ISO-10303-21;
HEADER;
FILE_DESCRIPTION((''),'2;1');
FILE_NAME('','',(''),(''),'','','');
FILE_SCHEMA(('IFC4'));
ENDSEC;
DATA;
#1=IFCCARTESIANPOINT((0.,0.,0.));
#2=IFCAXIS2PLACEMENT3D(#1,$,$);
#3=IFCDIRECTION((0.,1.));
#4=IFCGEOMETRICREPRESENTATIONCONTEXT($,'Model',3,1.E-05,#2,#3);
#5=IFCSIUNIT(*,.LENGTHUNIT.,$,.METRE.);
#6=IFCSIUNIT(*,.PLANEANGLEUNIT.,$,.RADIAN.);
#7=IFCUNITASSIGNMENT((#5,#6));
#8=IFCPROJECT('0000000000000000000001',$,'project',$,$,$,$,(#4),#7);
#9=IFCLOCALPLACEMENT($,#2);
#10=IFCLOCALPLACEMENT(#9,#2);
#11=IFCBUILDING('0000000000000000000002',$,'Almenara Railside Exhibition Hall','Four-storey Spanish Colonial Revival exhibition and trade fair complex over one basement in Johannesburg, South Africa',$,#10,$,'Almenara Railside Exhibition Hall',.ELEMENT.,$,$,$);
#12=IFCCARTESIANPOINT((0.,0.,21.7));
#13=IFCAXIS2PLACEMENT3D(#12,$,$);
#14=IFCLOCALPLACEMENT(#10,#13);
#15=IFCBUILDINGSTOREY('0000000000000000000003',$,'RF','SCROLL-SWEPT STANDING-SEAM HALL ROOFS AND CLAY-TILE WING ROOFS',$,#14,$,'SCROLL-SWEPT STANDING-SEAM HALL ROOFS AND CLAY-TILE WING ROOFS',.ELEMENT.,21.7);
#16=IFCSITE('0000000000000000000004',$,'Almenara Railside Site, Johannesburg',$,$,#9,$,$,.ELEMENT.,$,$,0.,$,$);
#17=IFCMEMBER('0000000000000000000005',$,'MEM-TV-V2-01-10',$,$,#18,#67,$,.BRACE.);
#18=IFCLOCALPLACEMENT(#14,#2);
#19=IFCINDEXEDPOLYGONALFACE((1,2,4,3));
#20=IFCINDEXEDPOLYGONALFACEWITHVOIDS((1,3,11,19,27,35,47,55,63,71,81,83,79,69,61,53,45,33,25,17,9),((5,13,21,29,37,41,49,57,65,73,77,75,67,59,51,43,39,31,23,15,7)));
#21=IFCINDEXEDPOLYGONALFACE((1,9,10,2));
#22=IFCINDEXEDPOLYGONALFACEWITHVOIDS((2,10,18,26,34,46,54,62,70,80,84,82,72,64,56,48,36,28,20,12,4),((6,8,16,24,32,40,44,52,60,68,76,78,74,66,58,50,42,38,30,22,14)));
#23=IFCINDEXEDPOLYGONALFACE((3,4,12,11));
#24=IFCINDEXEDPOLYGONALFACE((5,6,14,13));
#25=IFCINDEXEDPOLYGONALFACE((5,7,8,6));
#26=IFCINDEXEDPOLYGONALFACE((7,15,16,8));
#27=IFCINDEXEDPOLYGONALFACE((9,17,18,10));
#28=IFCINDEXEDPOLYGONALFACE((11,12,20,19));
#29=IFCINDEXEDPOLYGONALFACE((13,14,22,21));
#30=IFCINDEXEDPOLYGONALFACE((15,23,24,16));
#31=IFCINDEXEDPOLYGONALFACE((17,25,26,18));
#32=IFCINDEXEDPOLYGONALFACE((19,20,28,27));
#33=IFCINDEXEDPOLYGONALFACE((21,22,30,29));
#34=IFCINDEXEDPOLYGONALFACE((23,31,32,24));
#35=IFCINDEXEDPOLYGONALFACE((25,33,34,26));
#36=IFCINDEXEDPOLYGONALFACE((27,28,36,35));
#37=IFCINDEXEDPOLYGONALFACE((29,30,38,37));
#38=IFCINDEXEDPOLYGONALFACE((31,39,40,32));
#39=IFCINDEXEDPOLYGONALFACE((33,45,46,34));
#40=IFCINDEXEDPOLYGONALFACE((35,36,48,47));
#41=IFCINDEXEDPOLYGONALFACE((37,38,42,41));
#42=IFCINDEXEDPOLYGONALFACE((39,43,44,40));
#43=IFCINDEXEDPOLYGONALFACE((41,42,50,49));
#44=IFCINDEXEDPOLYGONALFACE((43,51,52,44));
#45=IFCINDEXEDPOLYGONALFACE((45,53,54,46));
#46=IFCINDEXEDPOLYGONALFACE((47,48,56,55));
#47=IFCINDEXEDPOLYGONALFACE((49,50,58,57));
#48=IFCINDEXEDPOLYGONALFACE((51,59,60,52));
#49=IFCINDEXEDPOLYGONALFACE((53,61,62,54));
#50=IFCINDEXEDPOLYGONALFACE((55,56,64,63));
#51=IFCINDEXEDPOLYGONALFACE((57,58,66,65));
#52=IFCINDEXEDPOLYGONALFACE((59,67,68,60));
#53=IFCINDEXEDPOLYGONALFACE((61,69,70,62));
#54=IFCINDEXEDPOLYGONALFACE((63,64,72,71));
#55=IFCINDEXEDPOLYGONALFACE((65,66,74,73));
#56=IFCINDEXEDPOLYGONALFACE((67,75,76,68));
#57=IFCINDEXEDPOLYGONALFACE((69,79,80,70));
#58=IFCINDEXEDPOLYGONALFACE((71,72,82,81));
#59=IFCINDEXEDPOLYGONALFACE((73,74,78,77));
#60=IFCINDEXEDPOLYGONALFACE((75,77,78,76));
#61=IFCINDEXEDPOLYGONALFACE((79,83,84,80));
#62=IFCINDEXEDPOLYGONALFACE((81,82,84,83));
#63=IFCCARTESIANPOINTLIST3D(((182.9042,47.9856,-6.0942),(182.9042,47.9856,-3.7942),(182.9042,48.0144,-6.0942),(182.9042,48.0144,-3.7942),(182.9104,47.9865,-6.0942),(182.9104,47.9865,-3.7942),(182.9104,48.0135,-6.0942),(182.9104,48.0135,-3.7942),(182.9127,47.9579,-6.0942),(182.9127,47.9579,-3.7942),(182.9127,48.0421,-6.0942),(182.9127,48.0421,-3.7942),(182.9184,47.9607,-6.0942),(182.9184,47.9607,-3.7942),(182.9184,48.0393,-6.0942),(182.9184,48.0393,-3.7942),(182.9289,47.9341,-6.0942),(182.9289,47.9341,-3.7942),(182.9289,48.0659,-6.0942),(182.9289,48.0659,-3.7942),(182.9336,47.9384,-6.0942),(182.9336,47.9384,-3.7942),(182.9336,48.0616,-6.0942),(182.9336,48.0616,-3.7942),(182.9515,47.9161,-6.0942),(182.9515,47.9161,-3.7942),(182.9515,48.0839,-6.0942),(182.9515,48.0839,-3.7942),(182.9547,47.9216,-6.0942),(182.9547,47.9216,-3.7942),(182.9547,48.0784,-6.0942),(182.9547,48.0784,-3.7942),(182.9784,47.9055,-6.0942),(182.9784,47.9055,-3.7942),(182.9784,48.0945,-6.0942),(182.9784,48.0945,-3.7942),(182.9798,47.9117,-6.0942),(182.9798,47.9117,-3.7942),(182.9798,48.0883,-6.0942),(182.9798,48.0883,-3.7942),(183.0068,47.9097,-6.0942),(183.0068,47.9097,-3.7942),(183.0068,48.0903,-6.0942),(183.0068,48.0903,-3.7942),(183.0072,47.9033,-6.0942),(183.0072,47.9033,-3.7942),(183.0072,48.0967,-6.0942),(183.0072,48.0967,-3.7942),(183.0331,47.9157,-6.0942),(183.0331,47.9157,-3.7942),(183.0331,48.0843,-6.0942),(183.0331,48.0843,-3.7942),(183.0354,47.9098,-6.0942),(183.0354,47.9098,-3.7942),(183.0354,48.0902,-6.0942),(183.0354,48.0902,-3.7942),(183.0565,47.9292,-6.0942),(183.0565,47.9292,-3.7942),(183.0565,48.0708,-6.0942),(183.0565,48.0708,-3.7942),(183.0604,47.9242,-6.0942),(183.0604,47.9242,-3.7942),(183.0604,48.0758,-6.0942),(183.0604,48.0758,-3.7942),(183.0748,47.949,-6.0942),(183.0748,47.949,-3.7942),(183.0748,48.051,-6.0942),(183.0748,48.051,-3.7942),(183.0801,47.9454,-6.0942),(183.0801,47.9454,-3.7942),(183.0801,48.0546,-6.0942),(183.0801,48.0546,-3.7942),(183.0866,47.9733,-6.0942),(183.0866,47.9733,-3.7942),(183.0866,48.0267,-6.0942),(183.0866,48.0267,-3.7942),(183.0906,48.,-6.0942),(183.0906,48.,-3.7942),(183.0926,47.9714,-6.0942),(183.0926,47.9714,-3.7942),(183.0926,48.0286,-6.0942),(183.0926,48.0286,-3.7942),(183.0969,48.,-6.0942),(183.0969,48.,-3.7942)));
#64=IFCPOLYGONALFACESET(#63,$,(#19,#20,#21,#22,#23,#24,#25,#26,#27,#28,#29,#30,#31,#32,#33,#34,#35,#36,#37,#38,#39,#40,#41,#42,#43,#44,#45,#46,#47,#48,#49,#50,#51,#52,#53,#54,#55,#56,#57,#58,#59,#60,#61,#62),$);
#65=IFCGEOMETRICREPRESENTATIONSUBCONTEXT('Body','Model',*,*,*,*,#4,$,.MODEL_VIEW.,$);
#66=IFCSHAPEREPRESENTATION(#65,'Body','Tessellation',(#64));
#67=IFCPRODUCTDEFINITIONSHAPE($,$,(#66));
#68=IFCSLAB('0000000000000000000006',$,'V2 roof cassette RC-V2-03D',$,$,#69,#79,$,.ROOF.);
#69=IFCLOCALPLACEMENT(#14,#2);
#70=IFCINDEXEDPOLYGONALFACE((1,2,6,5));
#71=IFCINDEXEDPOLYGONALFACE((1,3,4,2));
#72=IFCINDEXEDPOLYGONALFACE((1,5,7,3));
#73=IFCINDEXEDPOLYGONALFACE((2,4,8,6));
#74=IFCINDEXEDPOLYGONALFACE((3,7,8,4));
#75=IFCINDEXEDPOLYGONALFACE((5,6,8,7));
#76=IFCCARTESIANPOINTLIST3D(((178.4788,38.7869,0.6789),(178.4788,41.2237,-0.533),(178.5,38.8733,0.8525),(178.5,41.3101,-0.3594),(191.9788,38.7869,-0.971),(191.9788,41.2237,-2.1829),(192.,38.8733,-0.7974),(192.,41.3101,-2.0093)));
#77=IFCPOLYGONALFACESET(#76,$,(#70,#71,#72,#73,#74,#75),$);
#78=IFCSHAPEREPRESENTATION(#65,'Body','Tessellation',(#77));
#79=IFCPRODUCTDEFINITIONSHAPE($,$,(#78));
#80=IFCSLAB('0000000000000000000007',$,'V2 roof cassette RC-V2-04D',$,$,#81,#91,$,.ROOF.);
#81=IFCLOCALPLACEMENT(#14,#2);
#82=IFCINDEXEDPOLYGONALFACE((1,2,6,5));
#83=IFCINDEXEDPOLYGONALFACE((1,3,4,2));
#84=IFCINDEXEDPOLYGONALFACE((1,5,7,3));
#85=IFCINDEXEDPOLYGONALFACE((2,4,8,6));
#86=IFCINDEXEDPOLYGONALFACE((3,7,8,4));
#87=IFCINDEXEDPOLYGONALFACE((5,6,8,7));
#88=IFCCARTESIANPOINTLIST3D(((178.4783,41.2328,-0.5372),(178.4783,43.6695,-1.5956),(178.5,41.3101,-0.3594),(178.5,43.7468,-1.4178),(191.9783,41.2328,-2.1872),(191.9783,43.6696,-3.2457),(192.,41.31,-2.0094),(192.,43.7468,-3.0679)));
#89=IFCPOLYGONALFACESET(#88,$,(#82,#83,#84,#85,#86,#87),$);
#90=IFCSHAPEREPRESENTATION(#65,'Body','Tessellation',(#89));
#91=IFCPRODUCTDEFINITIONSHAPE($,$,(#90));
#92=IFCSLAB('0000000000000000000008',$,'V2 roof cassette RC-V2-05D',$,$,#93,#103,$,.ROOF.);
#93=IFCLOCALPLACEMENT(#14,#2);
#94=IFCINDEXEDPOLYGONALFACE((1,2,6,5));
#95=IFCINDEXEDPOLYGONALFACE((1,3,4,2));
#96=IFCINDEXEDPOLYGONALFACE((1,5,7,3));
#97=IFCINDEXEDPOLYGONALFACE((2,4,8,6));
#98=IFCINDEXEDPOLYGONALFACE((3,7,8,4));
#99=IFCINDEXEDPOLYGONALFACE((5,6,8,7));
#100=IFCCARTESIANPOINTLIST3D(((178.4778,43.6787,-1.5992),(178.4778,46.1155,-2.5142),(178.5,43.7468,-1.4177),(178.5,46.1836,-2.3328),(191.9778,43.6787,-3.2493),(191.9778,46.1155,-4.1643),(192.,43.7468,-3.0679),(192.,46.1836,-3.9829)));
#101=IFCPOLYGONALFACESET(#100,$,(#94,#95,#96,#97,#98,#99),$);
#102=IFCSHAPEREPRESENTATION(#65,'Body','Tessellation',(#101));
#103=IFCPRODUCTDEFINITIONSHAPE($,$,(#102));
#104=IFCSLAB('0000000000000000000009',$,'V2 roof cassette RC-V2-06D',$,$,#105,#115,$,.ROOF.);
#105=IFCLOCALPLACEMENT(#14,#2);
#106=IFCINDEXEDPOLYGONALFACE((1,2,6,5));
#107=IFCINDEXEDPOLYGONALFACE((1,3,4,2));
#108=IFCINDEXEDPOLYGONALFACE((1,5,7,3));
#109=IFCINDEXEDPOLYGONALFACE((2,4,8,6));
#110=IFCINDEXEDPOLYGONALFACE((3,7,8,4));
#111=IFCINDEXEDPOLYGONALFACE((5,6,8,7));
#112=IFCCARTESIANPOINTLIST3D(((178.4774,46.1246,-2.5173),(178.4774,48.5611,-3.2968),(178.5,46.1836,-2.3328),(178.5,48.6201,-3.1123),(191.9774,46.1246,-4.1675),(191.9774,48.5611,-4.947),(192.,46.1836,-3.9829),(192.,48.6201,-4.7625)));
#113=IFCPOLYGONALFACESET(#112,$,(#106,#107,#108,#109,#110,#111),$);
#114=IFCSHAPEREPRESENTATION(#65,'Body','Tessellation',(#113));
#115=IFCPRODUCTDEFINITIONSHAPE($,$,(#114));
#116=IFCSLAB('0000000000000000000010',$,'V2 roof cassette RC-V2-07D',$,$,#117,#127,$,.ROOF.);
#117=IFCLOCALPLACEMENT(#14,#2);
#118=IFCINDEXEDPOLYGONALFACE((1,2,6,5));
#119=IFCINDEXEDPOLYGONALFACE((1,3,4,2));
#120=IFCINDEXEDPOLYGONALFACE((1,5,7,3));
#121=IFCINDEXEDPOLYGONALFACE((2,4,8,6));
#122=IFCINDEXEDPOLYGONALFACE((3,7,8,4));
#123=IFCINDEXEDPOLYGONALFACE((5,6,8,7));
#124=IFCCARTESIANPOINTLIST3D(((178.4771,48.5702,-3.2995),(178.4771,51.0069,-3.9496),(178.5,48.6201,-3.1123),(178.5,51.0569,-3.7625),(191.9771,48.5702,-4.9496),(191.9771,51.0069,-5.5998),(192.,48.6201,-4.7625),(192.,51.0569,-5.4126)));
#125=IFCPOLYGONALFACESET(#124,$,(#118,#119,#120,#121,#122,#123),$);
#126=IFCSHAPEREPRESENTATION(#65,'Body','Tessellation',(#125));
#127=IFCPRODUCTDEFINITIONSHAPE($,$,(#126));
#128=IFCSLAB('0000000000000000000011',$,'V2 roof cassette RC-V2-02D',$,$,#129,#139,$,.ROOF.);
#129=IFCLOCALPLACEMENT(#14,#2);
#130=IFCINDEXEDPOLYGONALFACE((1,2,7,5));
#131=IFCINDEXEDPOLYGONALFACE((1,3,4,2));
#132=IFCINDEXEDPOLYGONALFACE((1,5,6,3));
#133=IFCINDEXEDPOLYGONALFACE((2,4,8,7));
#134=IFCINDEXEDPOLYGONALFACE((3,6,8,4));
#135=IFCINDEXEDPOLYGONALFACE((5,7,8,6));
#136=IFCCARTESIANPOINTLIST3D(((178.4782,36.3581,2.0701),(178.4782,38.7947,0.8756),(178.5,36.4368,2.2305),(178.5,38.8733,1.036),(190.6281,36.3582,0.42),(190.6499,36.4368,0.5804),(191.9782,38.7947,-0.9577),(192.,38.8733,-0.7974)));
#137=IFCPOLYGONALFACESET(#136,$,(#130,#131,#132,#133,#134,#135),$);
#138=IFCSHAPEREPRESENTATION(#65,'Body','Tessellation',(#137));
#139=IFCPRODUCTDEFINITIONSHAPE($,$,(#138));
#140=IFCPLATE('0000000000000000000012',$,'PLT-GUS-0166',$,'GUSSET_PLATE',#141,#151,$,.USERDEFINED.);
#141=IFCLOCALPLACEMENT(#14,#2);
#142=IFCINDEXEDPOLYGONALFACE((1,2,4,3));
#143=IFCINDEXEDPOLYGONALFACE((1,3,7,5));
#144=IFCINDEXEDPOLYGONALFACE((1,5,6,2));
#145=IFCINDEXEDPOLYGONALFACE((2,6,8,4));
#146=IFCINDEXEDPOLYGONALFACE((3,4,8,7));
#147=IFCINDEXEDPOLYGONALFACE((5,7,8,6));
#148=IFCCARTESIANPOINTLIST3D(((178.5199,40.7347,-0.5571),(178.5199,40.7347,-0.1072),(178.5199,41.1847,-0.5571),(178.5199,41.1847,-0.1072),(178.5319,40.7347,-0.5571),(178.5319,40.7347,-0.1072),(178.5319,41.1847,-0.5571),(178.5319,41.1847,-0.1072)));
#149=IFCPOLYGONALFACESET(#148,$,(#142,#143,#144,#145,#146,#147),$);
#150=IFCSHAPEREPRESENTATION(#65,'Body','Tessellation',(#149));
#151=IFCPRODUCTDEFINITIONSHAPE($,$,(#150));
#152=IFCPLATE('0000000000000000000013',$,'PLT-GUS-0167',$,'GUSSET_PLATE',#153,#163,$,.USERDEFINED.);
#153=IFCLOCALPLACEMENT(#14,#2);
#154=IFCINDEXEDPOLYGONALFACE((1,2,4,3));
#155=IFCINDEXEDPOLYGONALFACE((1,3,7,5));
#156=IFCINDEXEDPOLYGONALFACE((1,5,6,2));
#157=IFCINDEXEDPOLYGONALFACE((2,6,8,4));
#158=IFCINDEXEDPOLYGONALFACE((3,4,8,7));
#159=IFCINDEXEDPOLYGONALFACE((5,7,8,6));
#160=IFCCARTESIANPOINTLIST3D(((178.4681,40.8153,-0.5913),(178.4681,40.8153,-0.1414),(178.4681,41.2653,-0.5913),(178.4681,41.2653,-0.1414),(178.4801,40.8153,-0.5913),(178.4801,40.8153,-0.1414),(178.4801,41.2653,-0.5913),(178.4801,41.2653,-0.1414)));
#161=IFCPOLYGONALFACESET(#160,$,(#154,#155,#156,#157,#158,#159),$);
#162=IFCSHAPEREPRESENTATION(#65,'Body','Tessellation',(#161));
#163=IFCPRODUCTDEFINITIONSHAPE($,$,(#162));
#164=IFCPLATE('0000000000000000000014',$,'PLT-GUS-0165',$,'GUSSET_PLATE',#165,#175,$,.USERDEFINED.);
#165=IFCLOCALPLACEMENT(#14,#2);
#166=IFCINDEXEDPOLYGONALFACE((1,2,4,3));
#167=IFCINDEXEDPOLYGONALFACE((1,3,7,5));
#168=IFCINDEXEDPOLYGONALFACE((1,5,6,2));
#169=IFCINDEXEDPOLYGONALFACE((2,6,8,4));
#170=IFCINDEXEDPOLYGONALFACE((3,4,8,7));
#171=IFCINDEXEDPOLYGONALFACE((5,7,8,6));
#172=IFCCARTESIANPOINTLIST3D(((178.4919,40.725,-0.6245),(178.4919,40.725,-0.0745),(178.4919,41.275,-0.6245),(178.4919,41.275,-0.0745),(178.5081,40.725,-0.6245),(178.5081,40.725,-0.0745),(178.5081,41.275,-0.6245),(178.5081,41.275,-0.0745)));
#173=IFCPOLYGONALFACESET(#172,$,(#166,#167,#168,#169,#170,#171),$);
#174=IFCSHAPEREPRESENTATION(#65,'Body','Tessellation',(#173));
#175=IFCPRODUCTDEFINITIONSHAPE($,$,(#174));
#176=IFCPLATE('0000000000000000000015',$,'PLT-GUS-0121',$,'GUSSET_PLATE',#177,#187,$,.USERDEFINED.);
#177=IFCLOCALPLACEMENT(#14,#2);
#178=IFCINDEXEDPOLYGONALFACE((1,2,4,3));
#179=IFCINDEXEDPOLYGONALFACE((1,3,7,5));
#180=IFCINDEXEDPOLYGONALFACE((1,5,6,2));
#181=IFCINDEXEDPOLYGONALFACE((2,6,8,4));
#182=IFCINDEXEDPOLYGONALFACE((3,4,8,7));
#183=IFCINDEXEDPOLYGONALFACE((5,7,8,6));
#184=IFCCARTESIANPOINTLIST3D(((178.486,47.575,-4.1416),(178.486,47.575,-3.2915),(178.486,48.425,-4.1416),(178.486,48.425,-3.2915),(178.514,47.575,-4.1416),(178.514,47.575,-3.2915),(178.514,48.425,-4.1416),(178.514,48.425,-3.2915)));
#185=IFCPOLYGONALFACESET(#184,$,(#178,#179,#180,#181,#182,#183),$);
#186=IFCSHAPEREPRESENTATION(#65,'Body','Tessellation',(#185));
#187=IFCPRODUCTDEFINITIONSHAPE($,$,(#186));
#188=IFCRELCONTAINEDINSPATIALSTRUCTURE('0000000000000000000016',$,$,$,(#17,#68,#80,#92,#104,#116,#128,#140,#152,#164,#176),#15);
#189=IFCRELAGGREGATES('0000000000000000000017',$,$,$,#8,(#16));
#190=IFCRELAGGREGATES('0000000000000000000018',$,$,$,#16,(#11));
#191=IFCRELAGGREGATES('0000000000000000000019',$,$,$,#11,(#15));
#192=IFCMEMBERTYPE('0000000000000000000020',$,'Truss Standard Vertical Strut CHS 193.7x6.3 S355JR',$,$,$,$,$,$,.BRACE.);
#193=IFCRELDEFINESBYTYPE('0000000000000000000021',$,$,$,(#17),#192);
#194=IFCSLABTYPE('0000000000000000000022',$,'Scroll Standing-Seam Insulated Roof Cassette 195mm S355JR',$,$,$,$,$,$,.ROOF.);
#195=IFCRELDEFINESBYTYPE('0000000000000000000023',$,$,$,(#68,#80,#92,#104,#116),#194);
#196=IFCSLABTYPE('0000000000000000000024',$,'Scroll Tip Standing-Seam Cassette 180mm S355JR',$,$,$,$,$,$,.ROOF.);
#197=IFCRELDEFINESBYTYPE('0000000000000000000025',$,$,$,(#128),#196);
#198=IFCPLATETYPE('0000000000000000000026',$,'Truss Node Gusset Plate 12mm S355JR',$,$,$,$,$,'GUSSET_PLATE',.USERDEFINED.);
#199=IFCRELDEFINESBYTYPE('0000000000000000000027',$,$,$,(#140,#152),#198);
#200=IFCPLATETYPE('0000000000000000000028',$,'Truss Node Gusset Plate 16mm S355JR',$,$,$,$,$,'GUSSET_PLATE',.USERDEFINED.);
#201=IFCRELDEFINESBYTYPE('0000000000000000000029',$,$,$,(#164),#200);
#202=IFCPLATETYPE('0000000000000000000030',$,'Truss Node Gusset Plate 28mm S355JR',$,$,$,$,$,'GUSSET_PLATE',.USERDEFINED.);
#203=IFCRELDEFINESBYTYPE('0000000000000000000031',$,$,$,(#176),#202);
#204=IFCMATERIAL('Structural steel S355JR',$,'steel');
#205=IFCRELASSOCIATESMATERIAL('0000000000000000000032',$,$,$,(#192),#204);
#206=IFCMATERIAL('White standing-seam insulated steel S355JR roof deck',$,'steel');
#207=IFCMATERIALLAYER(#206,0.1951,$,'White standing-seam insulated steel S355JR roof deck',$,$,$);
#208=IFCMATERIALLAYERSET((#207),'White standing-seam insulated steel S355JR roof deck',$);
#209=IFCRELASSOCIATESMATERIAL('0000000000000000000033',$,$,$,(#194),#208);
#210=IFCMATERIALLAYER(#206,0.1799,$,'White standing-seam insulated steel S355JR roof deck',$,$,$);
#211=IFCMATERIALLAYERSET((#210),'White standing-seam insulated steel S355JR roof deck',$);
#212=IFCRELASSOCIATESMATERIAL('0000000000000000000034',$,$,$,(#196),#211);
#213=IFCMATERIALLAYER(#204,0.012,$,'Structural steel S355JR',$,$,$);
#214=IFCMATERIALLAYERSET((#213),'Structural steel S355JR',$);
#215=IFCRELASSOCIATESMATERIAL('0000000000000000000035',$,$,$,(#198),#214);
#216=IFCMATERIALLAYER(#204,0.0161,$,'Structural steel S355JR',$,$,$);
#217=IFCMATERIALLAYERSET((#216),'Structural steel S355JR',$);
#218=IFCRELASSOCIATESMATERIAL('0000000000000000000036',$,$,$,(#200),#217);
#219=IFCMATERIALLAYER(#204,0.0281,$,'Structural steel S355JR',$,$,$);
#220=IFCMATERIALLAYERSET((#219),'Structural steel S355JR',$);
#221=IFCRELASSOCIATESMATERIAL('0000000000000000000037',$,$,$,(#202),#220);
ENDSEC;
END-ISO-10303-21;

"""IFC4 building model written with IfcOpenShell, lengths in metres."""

from ifc_helpers import new_model, si_unit, direction, frame, origin, origin_2d, place, context, subcontext, project, spatial, polyline, rectangle, hollow_circle, outline, extrude, material, layer, layer_set, material_profile, profile_set, type_object, element, save


model = new_model("IFC4")

# Units and contexts
model_context = context("Model", 3, precision=1e-05, world=origin(), true_north=direction((0.0, 1.0)))
body_context = subcontext(model_context, "Body", "Model", "MODEL_VIEW")
ifc_project = project(units=[si_unit("LENGTHUNIT", "METRE"), si_unit("PLANEANGLEUNIT", "RADIAN")], contexts=[model_context])

# Site, building, storey
site_placement = place(None, origin())
site = spatial("IfcSite", under=ifc_project, at=site_placement, Name="Almenara Railside Site, Johannesburg", CompositionType="ELEMENT", RefElevation=0.0)
building_placement = place(site_placement, origin())
building = spatial("IfcBuilding", under=site, at=building_placement, Name="Almenara Railside Exhibition Hall", Description="Four-storey Spanish Colonial Revival exhibition and trade fair complex over one basement in Johannesburg, South Africa", LongName="Almenara Railside Exhibition Hall", CompositionType="ELEMENT")
storey_placement = place(building_placement, frame((0.0, 0.0, 21.7)))
storey = spatial("IfcBuildingStorey", under=building, at=storey_placement, Name="RF", Description="SCROLL-SWEPT STANDING-SEAM HALL ROOFS AND CLAY-TILE WING ROOFS", LongName="SCROLL-SWEPT STANDING-SEAM HALL ROOFS AND CLAY-TILE WING ROOFS", CompositionType="ELEMENT", Elevation=21.7)

# Member
ifc_material_1 = material(Name="Structural steel S355JR", Category="steel")
ifc_material_profile_1 = material_profile(ifc_material_1, hollow_circle(Radius=0.0969, WallThickness=0.0063, at=origin_2d()), Name="CHS 193.7x6.3")
ifc_profile_set_1 = profile_set([ifc_material_profile_1], Name="Structural steel S355JR")
member_type_1 = type_object("IfcMemberType", Name="Truss Standard Vertical Strut CHS 193.7x6.3 S355JR", PredefinedType="BRACE", material=ifc_profile_set_1)
for number, where, z_axis, x_axis, name in (
    (1, (183.0, 48.0, -6.0942), (0.0, 0.0, 1.0), (1.0, 0.0, 0.0), "MEM-TV-V2-01-10"),
):
    element("IfcMember", number, at=place(storey_placement, frame(where, z_axis=z_axis, x_axis=x_axis)), inside=storey, type_object=member_type_1, Name=name, PredefinedType="BRACE", context=body_context, shape_type="SweptSolid", body=[
        extrude(hollow_circle(Radius=0.0969, WallThickness=0.0063, at=origin_2d()), origin(), (0.0, 0.0, 1.0), 2.3),
    ])

# Slabs
ifc_material_2 = material(Name="White standing-seam insulated steel S355JR roof deck", Category="steel")
ifc_layer_1 = layer(ifc_material_2, 0.1951, Name="White standing-seam insulated steel S355JR roof deck")
ifc_layer_set_1 = layer_set([ifc_layer_1], Name="White standing-seam insulated steel S355JR roof deck")
slab_type_1 = type_object("IfcSlabType", Name="Scroll Standing-Seam Insulated Roof Cassette 195mm S355JR", PredefinedType="ROOF", material=ifc_layer_set_1)
slab_1_placement = place(storey_placement, frame((178.5, 38.8733, 0.8525), z_axis=(0.108779, 0.442668, 0.890063), x_axis=(0.992614, 0.0, -0.121312)))
element("IfcSlab", 2, at=slab_1_placement, inside=storey, type_object=slab_type_1, Name="V2 roof cassette RC-V2-03D", PredefinedType="ROOF", context=body_context, shape_type="SweptSolid", body=[
    extrude(outline(polyline([(0.0, 0.0), (13.6004, 0.0), (13.7475, 2.7175), (0.147, 2.7175), (0.0, 0.0)])), origin(), (0.0, 0.0, -1.0), 0.1951),
])
slab_2_placement = place(storey_placement, frame((178.5, 41.3101, -0.3594), z_axis=(0.111407, 0.395932, 0.911497), x_axis=(0.992613, -0.000003, -0.12132)))
element("IfcSlab", 3, at=slab_2_placement, inside=storey, type_object=slab_type_1, Name="V2 roof cassette RC-V2-04D", PredefinedType="ROOF", context=body_context, shape_type="SweptSolid", body=[
    extrude(outline(polyline([(0.0, 0.0), (13.6004, 0.0), (13.7289, 2.6537), (0.1284, 2.6536), (0.0, 0.0)])), origin(), (0.0, 0.0, -1.0), 0.1951),
])
slab_3_placement = place(storey_placement, frame((178.5, 43.7468, -1.4177), z_axis=(0.113689, 0.349266, 0.930101), x_axis=(0.992612, 0.0, -0.12133)))
element("IfcSlab", 4, at=slab_3_placement, inside=storey, type_object=slab_type_1, Name="V2 roof cassette RC-V2-05D", PredefinedType="ROOF", context=body_context, shape_type="SweptSolid", body=[
    extrude(outline(polyline([(0.0, 0.0), (13.6005, 0.0), (13.7115, 2.6005), (0.111, 2.6005), (0.0, 0.0)])), origin(), (0.0, 0.0, -1.0), 0.1951),
])
slab_4_placement = place(storey_placement, frame((178.5, 46.1836, -2.3328), z_axis=(0.115639, 0.302679, 0.946051), x_axis=(0.992612, 0.0, -0.12133)))
element("IfcSlab", 5, at=slab_4_placement, inside=storey, type_object=slab_type_1, Name="V2 roof cassette RC-V2-06D", PredefinedType="ROOF", context=body_context, shape_type="SweptSolid", body=[
    extrude(outline(polyline([(0.0, 0.0), (13.6005, 0.0), (13.6951, 2.5564), (0.0946, 2.5564), (0.0, 0.0)])), origin(), (0.0, 0.0, -1.0), 0.1951),
])
slab_5_placement = place(storey_placement, frame((178.5, 48.6201, -3.1123), z_axis=(0.117287, 0.25601, 0.959533), x_axis=(0.992612, 0.0, -0.12133)))
element("IfcSlab", 6, at=slab_5_placement, inside=storey, type_object=slab_type_1, Name="V2 roof cassette RC-V2-07D", PredefinedType="ROOF", context=body_context, shape_type="SweptSolid", body=[
    extrude(outline(polyline([(0.0, 0.0), (13.6005, 0.0), (13.6794, 2.5208), (0.0789, 2.5208), (0.0, 0.0)])), origin(), (0.0, 0.0, -1.0), 0.1951),
])
ifc_layer_2 = layer(ifc_material_2, 0.1799, Name="White standing-seam insulated steel S355JR roof deck")
ifc_layer_set_2 = layer_set([ifc_layer_2], Name="White standing-seam insulated steel S355JR roof deck")
slab_type_2 = type_object("IfcSlabType", Name="Scroll Tip Standing-Seam Cassette 180mm S355JR", PredefinedType="ROOF", material=ifc_layer_set_2)
slab_6_placement = place(storey_placement, frame((178.5, 36.4368, 2.2305), z_axis=(0.121044, 0.436945, 0.891306), x_axis=(0.990904, 0.000004, -0.134572)))
element("IfcSlab", 7, at=slab_6_placement, inside=storey, type_object=slab_type_2, Name="V2 roof cassette RC-V2-02D", PredefinedType="ROOF", context=body_context, shape_type="SweptSolid", body=[
    extrude(outline(polyline([(0.0, 0.0), (12.2614, 0.0), (13.7847, 2.7087), (0.1608, 2.7088), (0.0, 0.0)])), origin(), (0.0, 0.0, -1.0), 0.1799),
])

# Plates
ifc_layer_3 = layer(ifc_material_1, 0.012, Name="Structural steel S355JR")
ifc_layer_set_3 = layer_set([ifc_layer_3], Name="Structural steel S355JR")
plate_type_1 = type_object("IfcPlateType", Name="Truss Node Gusset Plate 12mm S355JR", ElementType="GUSSET_PLATE", PredefinedType="USERDEFINED", material=ifc_layer_set_3)
for number, where, z_axis, x_axis, name in (
    (8, (178.5259, 40.9597, -0.5571), (0.0, 0.0, 1.0), (0.0, 1.0, 0.0), "PLT-GUS-0166"),
    (9, (178.4741, 41.0403, -0.5913), (0.0, 0.0, 1.0), (0.0, 1.0, 0.0), "PLT-GUS-0167"),
):
    element("IfcPlate", number, at=place(storey_placement, frame(where, z_axis=z_axis, x_axis=x_axis)), inside=storey, type_object=plate_type_1, Name=name, ObjectType="GUSSET_PLATE", PredefinedType="USERDEFINED", context=body_context, shape_type="SweptSolid", body=[
        extrude(rectangle(XDim=0.45, YDim=0.012, at=origin_2d()), origin(), (0.0, 0.0, 1.0), 0.45),
    ])
ifc_layer_4 = layer(ifc_material_1, 0.0161, Name="Structural steel S355JR")
ifc_layer_set_4 = layer_set([ifc_layer_4], Name="Structural steel S355JR")
plate_type_2 = type_object("IfcPlateType", Name="Truss Node Gusset Plate 16mm S355JR", ElementType="GUSSET_PLATE", PredefinedType="USERDEFINED", material=ifc_layer_set_4)
plate_1_placement = place(storey_placement, frame((178.5, 41.0, -0.6245), z_axis=(0.0, 0.0, 1.0), x_axis=(0.0, 1.0, 0.0)))
element("IfcPlate", 10, at=plate_1_placement, inside=storey, type_object=plate_type_2, Name="PLT-GUS-0165", ObjectType="GUSSET_PLATE", PredefinedType="USERDEFINED", context=body_context, shape_type="SweptSolid", body=[
    extrude(rectangle(XDim=0.55, YDim=0.0161, at=origin_2d()), origin(), (0.0, 0.0, 1.0), 0.55),
])
ifc_layer_5 = layer(ifc_material_1, 0.0281, Name="Structural steel S355JR")
ifc_layer_set_5 = layer_set([ifc_layer_5], Name="Structural steel S355JR")
plate_type_3 = type_object("IfcPlateType", Name="Truss Node Gusset Plate 28mm S355JR", ElementType="GUSSET_PLATE", PredefinedType="USERDEFINED", material=ifc_layer_set_5)
plate_2_placement = place(storey_placement, frame((178.5, 48.0, -4.1416), z_axis=(0.0, 0.0, 1.0), x_axis=(0.0, 1.0, 0.0)))
element("IfcPlate", 11, at=plate_2_placement, inside=storey, type_object=plate_type_3, Name="PLT-GUS-0121", ObjectType="GUSSET_PLATE", PredefinedType="USERDEFINED", context=body_context, shape_type="SweptSolid", body=[
    extrude(rectangle(XDim=0.8501, YDim=0.0281, at=origin_2d()), origin(), (0.0, 0.0, 1.0), 0.8501),
])

save(model, "model.ifc")
